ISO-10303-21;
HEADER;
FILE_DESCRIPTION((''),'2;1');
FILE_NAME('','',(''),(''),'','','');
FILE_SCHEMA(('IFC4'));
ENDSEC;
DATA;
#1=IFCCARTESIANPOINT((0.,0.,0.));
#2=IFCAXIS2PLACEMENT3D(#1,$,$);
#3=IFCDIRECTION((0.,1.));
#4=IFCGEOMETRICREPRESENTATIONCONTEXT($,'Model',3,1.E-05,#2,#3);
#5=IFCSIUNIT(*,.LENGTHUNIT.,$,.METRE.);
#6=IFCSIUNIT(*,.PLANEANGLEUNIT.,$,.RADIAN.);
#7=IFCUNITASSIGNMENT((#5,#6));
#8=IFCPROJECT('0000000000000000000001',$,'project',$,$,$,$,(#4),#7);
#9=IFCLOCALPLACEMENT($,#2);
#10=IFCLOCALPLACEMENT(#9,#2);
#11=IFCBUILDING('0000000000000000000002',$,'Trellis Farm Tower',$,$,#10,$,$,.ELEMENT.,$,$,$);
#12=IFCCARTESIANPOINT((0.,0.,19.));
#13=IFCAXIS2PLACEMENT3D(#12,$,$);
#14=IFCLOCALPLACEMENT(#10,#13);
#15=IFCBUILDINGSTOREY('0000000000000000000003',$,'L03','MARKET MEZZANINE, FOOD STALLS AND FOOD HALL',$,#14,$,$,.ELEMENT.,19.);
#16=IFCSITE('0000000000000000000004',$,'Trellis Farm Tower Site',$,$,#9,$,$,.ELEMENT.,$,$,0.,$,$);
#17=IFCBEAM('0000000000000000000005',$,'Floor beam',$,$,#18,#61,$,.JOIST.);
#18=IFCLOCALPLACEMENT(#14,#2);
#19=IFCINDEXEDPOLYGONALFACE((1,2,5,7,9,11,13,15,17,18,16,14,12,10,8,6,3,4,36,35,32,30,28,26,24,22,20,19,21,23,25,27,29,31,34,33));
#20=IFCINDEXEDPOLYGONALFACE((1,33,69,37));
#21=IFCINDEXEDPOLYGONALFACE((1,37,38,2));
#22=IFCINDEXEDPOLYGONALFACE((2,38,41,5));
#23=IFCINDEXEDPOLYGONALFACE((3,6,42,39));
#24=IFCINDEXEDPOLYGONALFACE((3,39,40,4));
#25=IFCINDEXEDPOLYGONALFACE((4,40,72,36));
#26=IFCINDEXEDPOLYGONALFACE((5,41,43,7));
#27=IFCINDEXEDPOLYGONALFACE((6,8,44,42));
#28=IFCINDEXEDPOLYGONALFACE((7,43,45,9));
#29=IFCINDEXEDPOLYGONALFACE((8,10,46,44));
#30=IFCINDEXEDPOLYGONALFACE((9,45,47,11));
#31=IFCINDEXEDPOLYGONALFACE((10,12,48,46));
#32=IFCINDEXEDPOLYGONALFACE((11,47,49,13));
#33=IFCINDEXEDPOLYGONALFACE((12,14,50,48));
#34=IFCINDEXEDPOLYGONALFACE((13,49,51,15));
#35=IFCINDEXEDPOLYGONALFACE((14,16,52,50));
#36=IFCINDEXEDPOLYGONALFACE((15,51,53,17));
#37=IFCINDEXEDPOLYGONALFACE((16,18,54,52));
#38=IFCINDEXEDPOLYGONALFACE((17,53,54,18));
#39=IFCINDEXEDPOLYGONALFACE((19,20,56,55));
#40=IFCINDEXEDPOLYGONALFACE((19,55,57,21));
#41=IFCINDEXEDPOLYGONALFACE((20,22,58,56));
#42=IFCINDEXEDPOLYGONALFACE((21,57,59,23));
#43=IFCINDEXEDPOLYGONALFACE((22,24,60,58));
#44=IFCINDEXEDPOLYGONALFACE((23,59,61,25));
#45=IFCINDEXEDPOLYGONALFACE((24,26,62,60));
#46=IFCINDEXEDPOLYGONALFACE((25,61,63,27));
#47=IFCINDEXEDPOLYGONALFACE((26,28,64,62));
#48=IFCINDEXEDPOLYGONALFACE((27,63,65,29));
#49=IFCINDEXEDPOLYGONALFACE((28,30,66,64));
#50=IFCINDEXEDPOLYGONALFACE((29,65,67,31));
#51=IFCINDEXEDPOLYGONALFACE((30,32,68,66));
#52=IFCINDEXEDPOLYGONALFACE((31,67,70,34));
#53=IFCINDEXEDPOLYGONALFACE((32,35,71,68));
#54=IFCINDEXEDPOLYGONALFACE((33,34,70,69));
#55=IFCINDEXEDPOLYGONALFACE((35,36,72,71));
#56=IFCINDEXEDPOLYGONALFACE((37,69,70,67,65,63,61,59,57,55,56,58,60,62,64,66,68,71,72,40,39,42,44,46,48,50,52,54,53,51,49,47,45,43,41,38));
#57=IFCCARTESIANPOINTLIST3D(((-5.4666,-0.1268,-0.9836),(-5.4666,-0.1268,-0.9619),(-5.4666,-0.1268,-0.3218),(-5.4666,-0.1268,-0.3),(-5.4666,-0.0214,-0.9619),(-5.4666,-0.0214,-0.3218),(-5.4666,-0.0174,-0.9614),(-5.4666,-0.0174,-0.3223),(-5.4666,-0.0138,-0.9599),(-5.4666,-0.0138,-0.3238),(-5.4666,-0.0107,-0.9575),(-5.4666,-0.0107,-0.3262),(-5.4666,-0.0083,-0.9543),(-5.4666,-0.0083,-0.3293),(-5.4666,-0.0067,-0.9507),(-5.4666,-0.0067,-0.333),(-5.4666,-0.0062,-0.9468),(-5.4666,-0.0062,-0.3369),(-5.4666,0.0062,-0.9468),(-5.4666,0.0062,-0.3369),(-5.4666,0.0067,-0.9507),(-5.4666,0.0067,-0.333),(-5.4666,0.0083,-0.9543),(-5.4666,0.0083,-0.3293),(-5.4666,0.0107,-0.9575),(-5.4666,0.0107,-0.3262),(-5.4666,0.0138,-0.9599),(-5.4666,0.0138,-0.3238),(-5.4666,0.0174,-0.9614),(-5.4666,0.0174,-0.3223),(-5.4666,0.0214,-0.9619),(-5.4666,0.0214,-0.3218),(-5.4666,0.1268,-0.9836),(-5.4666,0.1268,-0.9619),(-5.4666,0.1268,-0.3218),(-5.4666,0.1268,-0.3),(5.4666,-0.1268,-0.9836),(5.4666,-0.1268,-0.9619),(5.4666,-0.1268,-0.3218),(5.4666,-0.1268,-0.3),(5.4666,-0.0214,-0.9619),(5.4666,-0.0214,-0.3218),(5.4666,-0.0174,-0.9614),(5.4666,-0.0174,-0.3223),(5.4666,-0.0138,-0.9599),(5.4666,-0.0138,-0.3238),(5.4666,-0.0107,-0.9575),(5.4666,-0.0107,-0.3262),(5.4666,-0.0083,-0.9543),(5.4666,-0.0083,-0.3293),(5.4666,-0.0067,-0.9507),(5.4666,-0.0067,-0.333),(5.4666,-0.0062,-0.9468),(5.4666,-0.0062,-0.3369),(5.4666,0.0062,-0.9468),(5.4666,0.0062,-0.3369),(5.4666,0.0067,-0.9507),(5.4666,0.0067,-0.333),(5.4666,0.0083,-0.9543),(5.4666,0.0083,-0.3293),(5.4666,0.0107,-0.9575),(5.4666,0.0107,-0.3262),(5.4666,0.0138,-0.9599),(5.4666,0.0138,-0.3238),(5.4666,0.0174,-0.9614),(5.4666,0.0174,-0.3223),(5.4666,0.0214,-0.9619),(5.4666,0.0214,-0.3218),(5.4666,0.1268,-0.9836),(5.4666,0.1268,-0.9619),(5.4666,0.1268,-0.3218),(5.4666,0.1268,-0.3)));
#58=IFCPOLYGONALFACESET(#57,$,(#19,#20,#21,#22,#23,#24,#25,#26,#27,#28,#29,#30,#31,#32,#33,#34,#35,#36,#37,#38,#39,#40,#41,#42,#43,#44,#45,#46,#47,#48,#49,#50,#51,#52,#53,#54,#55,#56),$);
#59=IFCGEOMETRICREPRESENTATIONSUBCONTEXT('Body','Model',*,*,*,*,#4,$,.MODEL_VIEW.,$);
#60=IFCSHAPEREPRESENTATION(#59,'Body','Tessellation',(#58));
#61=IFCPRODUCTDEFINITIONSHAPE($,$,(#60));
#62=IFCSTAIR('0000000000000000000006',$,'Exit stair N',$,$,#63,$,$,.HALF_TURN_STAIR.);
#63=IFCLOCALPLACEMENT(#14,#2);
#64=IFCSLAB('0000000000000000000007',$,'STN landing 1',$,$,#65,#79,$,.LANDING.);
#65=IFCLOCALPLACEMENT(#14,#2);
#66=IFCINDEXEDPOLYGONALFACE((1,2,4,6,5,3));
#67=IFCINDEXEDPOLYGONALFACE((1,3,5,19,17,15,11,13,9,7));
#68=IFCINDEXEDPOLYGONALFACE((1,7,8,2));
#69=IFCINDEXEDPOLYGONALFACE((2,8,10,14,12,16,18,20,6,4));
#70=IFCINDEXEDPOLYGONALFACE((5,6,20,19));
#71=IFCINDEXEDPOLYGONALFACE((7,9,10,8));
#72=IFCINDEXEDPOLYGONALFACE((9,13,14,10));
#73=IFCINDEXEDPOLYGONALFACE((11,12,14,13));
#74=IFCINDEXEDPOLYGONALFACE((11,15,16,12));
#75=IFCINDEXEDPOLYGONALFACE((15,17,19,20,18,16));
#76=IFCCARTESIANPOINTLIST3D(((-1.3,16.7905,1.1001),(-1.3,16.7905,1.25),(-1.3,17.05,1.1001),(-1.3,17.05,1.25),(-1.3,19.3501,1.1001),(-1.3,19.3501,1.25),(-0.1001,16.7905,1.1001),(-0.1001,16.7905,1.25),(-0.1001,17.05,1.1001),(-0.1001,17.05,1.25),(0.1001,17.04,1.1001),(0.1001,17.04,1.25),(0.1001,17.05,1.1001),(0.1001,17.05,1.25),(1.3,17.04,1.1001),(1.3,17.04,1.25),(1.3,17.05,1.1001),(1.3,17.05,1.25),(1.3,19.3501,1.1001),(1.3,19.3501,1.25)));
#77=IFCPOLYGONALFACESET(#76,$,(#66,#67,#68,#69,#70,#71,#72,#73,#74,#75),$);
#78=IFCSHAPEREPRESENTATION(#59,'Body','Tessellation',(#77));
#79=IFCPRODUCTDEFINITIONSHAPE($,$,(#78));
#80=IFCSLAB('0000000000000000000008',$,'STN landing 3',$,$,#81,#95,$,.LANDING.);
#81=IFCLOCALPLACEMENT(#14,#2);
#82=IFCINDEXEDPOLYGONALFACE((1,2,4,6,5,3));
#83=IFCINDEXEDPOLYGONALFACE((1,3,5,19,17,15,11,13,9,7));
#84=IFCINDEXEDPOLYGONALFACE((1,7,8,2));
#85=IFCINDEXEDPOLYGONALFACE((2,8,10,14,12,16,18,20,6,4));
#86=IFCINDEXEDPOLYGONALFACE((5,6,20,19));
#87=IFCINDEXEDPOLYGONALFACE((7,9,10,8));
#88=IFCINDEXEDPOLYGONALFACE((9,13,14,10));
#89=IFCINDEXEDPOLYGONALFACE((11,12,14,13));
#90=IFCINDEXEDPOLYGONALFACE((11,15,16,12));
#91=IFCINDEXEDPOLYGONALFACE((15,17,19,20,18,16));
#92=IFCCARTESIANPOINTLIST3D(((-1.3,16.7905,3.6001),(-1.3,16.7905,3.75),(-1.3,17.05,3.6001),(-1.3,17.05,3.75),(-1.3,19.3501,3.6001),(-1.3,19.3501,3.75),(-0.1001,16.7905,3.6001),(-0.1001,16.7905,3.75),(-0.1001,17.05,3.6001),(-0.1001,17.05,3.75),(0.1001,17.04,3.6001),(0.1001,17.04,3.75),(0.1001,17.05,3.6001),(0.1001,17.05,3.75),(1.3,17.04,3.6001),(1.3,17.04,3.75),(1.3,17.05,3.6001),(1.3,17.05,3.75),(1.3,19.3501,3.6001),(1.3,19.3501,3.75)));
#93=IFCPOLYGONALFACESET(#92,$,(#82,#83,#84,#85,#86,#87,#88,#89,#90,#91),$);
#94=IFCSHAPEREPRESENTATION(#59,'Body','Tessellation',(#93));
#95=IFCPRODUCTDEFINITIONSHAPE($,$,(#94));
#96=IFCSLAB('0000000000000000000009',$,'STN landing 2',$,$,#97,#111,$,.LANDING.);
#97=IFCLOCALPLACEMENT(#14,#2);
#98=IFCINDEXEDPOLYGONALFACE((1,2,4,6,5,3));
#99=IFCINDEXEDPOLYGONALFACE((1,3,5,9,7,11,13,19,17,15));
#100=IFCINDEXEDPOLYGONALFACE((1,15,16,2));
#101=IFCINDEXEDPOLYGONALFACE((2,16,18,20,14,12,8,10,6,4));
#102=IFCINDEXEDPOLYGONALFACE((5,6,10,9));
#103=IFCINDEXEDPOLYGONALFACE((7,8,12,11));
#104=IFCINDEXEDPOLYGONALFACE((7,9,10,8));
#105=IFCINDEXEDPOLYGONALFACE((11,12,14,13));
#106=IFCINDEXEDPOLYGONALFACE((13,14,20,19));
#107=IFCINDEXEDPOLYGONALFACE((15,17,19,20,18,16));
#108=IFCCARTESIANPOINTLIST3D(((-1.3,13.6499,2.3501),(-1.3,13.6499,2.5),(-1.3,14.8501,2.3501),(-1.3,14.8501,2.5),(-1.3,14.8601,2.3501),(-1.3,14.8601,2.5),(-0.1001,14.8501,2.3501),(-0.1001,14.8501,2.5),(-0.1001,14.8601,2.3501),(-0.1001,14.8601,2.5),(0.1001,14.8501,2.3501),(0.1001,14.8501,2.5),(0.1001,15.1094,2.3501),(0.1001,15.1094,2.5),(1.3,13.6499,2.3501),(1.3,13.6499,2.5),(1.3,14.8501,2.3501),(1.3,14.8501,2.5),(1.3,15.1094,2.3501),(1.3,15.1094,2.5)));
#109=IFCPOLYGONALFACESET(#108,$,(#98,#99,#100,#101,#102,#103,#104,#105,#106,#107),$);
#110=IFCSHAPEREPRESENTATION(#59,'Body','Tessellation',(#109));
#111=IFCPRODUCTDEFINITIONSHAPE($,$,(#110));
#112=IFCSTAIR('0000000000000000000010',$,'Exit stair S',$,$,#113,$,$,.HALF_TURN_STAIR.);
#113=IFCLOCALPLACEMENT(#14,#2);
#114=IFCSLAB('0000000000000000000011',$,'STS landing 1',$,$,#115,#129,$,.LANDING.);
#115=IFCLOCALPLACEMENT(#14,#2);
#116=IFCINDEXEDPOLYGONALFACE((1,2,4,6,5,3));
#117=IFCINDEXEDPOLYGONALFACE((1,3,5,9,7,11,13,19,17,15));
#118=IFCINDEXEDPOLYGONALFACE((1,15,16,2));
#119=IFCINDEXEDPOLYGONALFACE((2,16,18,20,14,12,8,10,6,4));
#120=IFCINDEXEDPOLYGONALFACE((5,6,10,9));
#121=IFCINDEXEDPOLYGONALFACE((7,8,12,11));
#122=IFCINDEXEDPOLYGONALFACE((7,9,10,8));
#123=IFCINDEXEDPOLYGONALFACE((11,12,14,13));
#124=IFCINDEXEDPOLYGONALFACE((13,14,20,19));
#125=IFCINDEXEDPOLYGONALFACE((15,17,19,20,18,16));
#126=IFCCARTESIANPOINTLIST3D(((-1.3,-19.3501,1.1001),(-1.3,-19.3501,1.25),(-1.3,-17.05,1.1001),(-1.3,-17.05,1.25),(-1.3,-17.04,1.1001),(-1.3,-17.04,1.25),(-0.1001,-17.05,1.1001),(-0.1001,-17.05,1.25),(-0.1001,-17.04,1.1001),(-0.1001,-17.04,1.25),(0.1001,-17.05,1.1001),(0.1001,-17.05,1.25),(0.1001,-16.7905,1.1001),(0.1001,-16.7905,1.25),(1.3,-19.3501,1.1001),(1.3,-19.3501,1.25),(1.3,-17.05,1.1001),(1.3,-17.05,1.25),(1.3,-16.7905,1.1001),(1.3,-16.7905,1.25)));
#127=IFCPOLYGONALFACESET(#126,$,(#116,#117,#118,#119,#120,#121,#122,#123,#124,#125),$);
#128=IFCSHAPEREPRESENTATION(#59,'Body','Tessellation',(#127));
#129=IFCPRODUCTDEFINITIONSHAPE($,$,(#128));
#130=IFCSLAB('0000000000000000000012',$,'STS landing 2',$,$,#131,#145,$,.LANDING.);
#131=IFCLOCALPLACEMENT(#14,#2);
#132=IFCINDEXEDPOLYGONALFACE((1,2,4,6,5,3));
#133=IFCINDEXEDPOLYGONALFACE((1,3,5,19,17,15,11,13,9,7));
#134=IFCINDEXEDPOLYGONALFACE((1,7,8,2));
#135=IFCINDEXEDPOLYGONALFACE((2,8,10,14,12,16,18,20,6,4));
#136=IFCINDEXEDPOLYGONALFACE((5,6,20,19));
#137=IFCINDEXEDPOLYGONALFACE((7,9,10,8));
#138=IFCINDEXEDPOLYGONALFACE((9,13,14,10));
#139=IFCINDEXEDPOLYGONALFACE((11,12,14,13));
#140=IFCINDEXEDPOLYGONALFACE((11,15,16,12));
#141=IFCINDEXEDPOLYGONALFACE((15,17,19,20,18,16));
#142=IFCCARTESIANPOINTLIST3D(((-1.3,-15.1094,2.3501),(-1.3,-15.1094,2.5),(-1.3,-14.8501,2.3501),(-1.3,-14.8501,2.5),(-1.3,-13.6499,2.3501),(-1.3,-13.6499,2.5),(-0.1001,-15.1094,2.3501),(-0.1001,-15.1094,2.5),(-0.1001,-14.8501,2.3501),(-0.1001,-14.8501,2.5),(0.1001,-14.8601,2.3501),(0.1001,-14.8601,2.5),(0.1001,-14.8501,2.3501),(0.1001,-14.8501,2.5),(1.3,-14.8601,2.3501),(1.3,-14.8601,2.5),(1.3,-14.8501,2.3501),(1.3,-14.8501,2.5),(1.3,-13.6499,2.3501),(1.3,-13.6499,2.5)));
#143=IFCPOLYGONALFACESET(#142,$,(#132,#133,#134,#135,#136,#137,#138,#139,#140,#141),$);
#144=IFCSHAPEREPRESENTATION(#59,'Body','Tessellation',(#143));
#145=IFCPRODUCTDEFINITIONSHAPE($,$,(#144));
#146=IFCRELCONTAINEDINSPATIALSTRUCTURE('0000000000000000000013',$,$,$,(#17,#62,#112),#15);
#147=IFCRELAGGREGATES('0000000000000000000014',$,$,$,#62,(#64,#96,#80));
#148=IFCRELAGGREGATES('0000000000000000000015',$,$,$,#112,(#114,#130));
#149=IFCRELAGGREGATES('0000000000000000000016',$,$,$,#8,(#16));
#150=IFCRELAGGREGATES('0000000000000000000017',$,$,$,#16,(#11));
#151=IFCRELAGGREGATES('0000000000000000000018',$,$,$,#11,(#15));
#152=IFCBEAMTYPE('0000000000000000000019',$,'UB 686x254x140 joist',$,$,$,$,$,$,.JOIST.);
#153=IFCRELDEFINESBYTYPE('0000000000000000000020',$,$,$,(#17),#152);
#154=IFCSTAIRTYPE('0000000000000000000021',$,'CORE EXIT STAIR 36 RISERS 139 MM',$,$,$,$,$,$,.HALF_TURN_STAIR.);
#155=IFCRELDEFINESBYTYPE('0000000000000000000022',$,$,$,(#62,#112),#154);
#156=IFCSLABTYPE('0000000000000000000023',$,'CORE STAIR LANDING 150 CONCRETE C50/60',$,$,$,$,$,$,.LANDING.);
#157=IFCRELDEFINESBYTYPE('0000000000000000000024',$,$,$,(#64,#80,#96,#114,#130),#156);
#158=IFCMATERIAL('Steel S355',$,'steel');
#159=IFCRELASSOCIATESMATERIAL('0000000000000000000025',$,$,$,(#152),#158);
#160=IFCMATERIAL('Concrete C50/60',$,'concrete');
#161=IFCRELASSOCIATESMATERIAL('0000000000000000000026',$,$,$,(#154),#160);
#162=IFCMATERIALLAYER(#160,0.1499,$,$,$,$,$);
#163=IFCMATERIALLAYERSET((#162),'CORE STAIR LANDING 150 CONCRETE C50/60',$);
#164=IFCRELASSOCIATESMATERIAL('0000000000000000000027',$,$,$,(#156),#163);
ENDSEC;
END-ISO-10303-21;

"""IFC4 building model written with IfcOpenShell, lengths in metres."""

from ifc_helpers import new_model, si_unit, direction, frame, origin, origin_2d, place, context, subcontext, project, spatial, polyline, i_section, outline, extrude, source, transform, mapped, material, layer, layer_set, material_profile, profile_set, type_object, element, aggregate, save


model = new_model("IFC4")

# Units and contexts
model_context = context("Model", 3, precision=1e-05, world=origin(), true_north=direction((0.0, 1.0)))
body_context = subcontext(model_context, "Body", "Model", "MODEL_VIEW")
ifc_project = project(units=[si_unit("LENGTHUNIT", "METRE"), si_unit("PLANEANGLEUNIT", "RADIAN")], contexts=[model_context])

# Site, building, storey
site_placement = place(None, origin())
site = spatial("IfcSite", under=ifc_project, at=site_placement, Name="Trellis Farm Tower Site", CompositionType="ELEMENT", RefElevation=0.0)
building_placement = place(site_placement, origin())
building = spatial("IfcBuilding", under=site, at=building_placement, Name="Trellis Farm Tower", CompositionType="ELEMENT")
storey_placement = place(building_placement, frame((0.0, 0.0, 19.0)))
storey = spatial("IfcBuildingStorey", under=building, at=storey_placement, Name="L03", Description="MARKET MEZZANINE, FOOD STALLS AND FOOD HALL", CompositionType="ELEMENT", Elevation=19.0)

# Beam
ifc_material_1 = material(Name="Steel S355", Category="steel")
ifc_material_profile_1 = material_profile(ifc_material_1, i_section(OverallWidth=0.2537, OverallDepth=0.6836, WebThickness=0.0125, FlangeThickness=0.0217, FilletRadius=0.0151, at=origin_2d()), Name="UB 686x254x140")
ifc_profile_set_1 = profile_set([ifc_material_profile_1], Name="Steel S355")
beam_type_1 = type_object("IfcBeamType", Name="UB 686x254x140 joist", PredefinedType="JOIST", material=ifc_profile_set_1)
shared_shape_1 = source(origin(), body_context, "Body", "SweptSolid", [
    extrude(i_section(OverallWidth=0.2537, OverallDepth=0.6836, WebThickness=0.0125, FlangeThickness=0.0217, FilletRadius=0.0151, at=origin_2d()), origin(), (0.0, 0.0, 1.0), 10.9331),
])
for number, where, z_axis, x_axis, name in (
    (1, (-5.4666, 0.0, -0.6418), (1.0, 0.0, 0.0), (0.0, 1.0, 0.0), "Floor beam"),
):
    element("IfcBeam", number, at=place(storey_placement, frame(where, z_axis=z_axis, x_axis=x_axis)), inside=storey, type_object=beam_type_1, Name=name, PredefinedType="JOIST", context=body_context, shape_type="MappedRepresentation", body=[
        mapped(shared_shape_1, transform((0.0, 0.0, 0.0))),
    ])

# Stairs, slabs
ifc_material_2 = material(Name="Concrete C50/60", Category="concrete")
stair_type = type_object("IfcStairType", Name="CORE EXIT STAIR 36 RISERS 139 MM", PredefinedType="HALF_TURN_STAIR", material=ifc_material_2)
placement_1 = place(storey_placement, origin())
stair_1 = element("IfcStair", 2, at=placement_1, inside=storey, type_object=stair_type, Name="Exit stair N", PredefinedType="HALF_TURN_STAIR")
ifc_layer_1 = layer(ifc_material_2, 0.1499)
ifc_layer_set_1 = layer_set([ifc_layer_1], Name="CORE STAIR LANDING 150 CONCRETE C50/60")
slab_type_1 = type_object("IfcSlabType", Name="CORE STAIR LANDING 150 CONCRETE C50/60", PredefinedType="LANDING", material=ifc_layer_set_1)
shared_shape_2 = source(origin(), body_context, "Body", "SweptSolid", [
    extrude(outline(polyline([(-0.1001, 16.7905), (-1.3, 16.7905), (-1.3, 17.05), (-1.3, 19.3501), (1.3, 19.3501), (1.3, 17.05), (1.3, 17.04), (0.1001, 17.04), (0.1001, 17.05), (-0.1001, 17.05), (-0.1001, 16.7905)])), origin(), (0.0, 0.0, 1.0), 0.1499),
])
placement_2 = place(storey_placement, frame((0.0, 0.0, 1.1001)))
slab_1 = element("IfcSlab", 3, at=placement_2, type_object=slab_type_1, Name="STN landing 1", PredefinedType="LANDING", context=body_context, shape_type="MappedRepresentation", body=[
    mapped(shared_shape_2, transform((0.0, 0.0, 0.0))),
])
slab_2_placement = place(storey_placement, frame((0.0, 0.0, 3.6001)))
slab_2 = element("IfcSlab", 4, at=slab_2_placement, type_object=slab_type_1, Name="STN landing 3", PredefinedType="LANDING", context=body_context, shape_type="MappedRepresentation", body=[
    mapped(shared_shape_2, transform((0.0, 0.0, 0.0))),
])
shared_shape_3 = source(origin(), body_context, "Body", "SweptSolid", [
    extrude(outline(polyline([(1.3, 13.6499), (-1.3, 13.6499), (-1.3, 14.8501), (-1.3, 14.8601), (-0.1001, 14.8601), (-0.1001, 14.8501), (0.1001, 14.8501), (0.1001, 15.1094), (1.3, 15.1094), (1.3, 14.8501), (1.3, 13.6499)])), origin(), (0.0, 0.0, 1.0), 0.1499),
])
placement_3 = place(storey_placement, frame((0.0, 0.0, 2.3501)))
slab_3 = element("IfcSlab", 5, at=placement_3, type_object=slab_type_1, Name="STN landing 2", PredefinedType="LANDING", context=body_context, shape_type="MappedRepresentation", body=[
    mapped(shared_shape_3, transform((0.0, 0.0, 0.0))),
])
aggregate(stair_1, [slab_1, slab_3, slab_2])
stair_2 = element("IfcStair", 6, at=placement_1, inside=storey, type_object=stair_type, Name="Exit stair S", PredefinedType="HALF_TURN_STAIR")
shared_shape_4 = source(origin(), body_context, "Body", "SweptSolid", [
    extrude(outline(polyline([(1.3, -19.3501), (-1.3, -19.3501), (-1.3, -17.05), (-1.3, -17.04), (-0.1001, -17.04), (-0.1001, -17.05), (0.1001, -17.05), (0.1001, -16.7905), (1.3, -16.7905), (1.3, -17.05), (1.3, -19.3501)])), origin(), (0.0, 0.0, 1.0), 0.1499),
])
slab_4 = element("IfcSlab", 7, at=placement_2, type_object=slab_type_1, Name="STS landing 1", PredefinedType="LANDING", context=body_context, shape_type="MappedRepresentation", body=[
    mapped(shared_shape_4, transform((0.0, 0.0, 0.0))),
])
shared_shape_5 = source(origin(), body_context, "Body", "SweptSolid", [
    extrude(outline(polyline([(-0.1001, -15.1094), (-1.3, -15.1094), (-1.3, -14.8501), (-1.3, -13.6499), (1.3, -13.6499), (1.3, -14.8501), (1.3, -14.8601), (0.1001, -14.8601), (0.1001, -14.8501), (-0.1001, -14.8501), (-0.1001, -15.1094)])), origin(), (0.0, 0.0, 1.0), 0.1499),
])
slab_5 = element("IfcSlab", 8, at=placement_3, type_object=slab_type_1, Name="STS landing 2", PredefinedType="LANDING", context=body_context, shape_type="MappedRepresentation", body=[
    mapped(shared_shape_5, transform((0.0, 0.0, 0.0))),
])
aggregate(stair_2, [slab_4, slab_5])

save(model, "model.ifc")
